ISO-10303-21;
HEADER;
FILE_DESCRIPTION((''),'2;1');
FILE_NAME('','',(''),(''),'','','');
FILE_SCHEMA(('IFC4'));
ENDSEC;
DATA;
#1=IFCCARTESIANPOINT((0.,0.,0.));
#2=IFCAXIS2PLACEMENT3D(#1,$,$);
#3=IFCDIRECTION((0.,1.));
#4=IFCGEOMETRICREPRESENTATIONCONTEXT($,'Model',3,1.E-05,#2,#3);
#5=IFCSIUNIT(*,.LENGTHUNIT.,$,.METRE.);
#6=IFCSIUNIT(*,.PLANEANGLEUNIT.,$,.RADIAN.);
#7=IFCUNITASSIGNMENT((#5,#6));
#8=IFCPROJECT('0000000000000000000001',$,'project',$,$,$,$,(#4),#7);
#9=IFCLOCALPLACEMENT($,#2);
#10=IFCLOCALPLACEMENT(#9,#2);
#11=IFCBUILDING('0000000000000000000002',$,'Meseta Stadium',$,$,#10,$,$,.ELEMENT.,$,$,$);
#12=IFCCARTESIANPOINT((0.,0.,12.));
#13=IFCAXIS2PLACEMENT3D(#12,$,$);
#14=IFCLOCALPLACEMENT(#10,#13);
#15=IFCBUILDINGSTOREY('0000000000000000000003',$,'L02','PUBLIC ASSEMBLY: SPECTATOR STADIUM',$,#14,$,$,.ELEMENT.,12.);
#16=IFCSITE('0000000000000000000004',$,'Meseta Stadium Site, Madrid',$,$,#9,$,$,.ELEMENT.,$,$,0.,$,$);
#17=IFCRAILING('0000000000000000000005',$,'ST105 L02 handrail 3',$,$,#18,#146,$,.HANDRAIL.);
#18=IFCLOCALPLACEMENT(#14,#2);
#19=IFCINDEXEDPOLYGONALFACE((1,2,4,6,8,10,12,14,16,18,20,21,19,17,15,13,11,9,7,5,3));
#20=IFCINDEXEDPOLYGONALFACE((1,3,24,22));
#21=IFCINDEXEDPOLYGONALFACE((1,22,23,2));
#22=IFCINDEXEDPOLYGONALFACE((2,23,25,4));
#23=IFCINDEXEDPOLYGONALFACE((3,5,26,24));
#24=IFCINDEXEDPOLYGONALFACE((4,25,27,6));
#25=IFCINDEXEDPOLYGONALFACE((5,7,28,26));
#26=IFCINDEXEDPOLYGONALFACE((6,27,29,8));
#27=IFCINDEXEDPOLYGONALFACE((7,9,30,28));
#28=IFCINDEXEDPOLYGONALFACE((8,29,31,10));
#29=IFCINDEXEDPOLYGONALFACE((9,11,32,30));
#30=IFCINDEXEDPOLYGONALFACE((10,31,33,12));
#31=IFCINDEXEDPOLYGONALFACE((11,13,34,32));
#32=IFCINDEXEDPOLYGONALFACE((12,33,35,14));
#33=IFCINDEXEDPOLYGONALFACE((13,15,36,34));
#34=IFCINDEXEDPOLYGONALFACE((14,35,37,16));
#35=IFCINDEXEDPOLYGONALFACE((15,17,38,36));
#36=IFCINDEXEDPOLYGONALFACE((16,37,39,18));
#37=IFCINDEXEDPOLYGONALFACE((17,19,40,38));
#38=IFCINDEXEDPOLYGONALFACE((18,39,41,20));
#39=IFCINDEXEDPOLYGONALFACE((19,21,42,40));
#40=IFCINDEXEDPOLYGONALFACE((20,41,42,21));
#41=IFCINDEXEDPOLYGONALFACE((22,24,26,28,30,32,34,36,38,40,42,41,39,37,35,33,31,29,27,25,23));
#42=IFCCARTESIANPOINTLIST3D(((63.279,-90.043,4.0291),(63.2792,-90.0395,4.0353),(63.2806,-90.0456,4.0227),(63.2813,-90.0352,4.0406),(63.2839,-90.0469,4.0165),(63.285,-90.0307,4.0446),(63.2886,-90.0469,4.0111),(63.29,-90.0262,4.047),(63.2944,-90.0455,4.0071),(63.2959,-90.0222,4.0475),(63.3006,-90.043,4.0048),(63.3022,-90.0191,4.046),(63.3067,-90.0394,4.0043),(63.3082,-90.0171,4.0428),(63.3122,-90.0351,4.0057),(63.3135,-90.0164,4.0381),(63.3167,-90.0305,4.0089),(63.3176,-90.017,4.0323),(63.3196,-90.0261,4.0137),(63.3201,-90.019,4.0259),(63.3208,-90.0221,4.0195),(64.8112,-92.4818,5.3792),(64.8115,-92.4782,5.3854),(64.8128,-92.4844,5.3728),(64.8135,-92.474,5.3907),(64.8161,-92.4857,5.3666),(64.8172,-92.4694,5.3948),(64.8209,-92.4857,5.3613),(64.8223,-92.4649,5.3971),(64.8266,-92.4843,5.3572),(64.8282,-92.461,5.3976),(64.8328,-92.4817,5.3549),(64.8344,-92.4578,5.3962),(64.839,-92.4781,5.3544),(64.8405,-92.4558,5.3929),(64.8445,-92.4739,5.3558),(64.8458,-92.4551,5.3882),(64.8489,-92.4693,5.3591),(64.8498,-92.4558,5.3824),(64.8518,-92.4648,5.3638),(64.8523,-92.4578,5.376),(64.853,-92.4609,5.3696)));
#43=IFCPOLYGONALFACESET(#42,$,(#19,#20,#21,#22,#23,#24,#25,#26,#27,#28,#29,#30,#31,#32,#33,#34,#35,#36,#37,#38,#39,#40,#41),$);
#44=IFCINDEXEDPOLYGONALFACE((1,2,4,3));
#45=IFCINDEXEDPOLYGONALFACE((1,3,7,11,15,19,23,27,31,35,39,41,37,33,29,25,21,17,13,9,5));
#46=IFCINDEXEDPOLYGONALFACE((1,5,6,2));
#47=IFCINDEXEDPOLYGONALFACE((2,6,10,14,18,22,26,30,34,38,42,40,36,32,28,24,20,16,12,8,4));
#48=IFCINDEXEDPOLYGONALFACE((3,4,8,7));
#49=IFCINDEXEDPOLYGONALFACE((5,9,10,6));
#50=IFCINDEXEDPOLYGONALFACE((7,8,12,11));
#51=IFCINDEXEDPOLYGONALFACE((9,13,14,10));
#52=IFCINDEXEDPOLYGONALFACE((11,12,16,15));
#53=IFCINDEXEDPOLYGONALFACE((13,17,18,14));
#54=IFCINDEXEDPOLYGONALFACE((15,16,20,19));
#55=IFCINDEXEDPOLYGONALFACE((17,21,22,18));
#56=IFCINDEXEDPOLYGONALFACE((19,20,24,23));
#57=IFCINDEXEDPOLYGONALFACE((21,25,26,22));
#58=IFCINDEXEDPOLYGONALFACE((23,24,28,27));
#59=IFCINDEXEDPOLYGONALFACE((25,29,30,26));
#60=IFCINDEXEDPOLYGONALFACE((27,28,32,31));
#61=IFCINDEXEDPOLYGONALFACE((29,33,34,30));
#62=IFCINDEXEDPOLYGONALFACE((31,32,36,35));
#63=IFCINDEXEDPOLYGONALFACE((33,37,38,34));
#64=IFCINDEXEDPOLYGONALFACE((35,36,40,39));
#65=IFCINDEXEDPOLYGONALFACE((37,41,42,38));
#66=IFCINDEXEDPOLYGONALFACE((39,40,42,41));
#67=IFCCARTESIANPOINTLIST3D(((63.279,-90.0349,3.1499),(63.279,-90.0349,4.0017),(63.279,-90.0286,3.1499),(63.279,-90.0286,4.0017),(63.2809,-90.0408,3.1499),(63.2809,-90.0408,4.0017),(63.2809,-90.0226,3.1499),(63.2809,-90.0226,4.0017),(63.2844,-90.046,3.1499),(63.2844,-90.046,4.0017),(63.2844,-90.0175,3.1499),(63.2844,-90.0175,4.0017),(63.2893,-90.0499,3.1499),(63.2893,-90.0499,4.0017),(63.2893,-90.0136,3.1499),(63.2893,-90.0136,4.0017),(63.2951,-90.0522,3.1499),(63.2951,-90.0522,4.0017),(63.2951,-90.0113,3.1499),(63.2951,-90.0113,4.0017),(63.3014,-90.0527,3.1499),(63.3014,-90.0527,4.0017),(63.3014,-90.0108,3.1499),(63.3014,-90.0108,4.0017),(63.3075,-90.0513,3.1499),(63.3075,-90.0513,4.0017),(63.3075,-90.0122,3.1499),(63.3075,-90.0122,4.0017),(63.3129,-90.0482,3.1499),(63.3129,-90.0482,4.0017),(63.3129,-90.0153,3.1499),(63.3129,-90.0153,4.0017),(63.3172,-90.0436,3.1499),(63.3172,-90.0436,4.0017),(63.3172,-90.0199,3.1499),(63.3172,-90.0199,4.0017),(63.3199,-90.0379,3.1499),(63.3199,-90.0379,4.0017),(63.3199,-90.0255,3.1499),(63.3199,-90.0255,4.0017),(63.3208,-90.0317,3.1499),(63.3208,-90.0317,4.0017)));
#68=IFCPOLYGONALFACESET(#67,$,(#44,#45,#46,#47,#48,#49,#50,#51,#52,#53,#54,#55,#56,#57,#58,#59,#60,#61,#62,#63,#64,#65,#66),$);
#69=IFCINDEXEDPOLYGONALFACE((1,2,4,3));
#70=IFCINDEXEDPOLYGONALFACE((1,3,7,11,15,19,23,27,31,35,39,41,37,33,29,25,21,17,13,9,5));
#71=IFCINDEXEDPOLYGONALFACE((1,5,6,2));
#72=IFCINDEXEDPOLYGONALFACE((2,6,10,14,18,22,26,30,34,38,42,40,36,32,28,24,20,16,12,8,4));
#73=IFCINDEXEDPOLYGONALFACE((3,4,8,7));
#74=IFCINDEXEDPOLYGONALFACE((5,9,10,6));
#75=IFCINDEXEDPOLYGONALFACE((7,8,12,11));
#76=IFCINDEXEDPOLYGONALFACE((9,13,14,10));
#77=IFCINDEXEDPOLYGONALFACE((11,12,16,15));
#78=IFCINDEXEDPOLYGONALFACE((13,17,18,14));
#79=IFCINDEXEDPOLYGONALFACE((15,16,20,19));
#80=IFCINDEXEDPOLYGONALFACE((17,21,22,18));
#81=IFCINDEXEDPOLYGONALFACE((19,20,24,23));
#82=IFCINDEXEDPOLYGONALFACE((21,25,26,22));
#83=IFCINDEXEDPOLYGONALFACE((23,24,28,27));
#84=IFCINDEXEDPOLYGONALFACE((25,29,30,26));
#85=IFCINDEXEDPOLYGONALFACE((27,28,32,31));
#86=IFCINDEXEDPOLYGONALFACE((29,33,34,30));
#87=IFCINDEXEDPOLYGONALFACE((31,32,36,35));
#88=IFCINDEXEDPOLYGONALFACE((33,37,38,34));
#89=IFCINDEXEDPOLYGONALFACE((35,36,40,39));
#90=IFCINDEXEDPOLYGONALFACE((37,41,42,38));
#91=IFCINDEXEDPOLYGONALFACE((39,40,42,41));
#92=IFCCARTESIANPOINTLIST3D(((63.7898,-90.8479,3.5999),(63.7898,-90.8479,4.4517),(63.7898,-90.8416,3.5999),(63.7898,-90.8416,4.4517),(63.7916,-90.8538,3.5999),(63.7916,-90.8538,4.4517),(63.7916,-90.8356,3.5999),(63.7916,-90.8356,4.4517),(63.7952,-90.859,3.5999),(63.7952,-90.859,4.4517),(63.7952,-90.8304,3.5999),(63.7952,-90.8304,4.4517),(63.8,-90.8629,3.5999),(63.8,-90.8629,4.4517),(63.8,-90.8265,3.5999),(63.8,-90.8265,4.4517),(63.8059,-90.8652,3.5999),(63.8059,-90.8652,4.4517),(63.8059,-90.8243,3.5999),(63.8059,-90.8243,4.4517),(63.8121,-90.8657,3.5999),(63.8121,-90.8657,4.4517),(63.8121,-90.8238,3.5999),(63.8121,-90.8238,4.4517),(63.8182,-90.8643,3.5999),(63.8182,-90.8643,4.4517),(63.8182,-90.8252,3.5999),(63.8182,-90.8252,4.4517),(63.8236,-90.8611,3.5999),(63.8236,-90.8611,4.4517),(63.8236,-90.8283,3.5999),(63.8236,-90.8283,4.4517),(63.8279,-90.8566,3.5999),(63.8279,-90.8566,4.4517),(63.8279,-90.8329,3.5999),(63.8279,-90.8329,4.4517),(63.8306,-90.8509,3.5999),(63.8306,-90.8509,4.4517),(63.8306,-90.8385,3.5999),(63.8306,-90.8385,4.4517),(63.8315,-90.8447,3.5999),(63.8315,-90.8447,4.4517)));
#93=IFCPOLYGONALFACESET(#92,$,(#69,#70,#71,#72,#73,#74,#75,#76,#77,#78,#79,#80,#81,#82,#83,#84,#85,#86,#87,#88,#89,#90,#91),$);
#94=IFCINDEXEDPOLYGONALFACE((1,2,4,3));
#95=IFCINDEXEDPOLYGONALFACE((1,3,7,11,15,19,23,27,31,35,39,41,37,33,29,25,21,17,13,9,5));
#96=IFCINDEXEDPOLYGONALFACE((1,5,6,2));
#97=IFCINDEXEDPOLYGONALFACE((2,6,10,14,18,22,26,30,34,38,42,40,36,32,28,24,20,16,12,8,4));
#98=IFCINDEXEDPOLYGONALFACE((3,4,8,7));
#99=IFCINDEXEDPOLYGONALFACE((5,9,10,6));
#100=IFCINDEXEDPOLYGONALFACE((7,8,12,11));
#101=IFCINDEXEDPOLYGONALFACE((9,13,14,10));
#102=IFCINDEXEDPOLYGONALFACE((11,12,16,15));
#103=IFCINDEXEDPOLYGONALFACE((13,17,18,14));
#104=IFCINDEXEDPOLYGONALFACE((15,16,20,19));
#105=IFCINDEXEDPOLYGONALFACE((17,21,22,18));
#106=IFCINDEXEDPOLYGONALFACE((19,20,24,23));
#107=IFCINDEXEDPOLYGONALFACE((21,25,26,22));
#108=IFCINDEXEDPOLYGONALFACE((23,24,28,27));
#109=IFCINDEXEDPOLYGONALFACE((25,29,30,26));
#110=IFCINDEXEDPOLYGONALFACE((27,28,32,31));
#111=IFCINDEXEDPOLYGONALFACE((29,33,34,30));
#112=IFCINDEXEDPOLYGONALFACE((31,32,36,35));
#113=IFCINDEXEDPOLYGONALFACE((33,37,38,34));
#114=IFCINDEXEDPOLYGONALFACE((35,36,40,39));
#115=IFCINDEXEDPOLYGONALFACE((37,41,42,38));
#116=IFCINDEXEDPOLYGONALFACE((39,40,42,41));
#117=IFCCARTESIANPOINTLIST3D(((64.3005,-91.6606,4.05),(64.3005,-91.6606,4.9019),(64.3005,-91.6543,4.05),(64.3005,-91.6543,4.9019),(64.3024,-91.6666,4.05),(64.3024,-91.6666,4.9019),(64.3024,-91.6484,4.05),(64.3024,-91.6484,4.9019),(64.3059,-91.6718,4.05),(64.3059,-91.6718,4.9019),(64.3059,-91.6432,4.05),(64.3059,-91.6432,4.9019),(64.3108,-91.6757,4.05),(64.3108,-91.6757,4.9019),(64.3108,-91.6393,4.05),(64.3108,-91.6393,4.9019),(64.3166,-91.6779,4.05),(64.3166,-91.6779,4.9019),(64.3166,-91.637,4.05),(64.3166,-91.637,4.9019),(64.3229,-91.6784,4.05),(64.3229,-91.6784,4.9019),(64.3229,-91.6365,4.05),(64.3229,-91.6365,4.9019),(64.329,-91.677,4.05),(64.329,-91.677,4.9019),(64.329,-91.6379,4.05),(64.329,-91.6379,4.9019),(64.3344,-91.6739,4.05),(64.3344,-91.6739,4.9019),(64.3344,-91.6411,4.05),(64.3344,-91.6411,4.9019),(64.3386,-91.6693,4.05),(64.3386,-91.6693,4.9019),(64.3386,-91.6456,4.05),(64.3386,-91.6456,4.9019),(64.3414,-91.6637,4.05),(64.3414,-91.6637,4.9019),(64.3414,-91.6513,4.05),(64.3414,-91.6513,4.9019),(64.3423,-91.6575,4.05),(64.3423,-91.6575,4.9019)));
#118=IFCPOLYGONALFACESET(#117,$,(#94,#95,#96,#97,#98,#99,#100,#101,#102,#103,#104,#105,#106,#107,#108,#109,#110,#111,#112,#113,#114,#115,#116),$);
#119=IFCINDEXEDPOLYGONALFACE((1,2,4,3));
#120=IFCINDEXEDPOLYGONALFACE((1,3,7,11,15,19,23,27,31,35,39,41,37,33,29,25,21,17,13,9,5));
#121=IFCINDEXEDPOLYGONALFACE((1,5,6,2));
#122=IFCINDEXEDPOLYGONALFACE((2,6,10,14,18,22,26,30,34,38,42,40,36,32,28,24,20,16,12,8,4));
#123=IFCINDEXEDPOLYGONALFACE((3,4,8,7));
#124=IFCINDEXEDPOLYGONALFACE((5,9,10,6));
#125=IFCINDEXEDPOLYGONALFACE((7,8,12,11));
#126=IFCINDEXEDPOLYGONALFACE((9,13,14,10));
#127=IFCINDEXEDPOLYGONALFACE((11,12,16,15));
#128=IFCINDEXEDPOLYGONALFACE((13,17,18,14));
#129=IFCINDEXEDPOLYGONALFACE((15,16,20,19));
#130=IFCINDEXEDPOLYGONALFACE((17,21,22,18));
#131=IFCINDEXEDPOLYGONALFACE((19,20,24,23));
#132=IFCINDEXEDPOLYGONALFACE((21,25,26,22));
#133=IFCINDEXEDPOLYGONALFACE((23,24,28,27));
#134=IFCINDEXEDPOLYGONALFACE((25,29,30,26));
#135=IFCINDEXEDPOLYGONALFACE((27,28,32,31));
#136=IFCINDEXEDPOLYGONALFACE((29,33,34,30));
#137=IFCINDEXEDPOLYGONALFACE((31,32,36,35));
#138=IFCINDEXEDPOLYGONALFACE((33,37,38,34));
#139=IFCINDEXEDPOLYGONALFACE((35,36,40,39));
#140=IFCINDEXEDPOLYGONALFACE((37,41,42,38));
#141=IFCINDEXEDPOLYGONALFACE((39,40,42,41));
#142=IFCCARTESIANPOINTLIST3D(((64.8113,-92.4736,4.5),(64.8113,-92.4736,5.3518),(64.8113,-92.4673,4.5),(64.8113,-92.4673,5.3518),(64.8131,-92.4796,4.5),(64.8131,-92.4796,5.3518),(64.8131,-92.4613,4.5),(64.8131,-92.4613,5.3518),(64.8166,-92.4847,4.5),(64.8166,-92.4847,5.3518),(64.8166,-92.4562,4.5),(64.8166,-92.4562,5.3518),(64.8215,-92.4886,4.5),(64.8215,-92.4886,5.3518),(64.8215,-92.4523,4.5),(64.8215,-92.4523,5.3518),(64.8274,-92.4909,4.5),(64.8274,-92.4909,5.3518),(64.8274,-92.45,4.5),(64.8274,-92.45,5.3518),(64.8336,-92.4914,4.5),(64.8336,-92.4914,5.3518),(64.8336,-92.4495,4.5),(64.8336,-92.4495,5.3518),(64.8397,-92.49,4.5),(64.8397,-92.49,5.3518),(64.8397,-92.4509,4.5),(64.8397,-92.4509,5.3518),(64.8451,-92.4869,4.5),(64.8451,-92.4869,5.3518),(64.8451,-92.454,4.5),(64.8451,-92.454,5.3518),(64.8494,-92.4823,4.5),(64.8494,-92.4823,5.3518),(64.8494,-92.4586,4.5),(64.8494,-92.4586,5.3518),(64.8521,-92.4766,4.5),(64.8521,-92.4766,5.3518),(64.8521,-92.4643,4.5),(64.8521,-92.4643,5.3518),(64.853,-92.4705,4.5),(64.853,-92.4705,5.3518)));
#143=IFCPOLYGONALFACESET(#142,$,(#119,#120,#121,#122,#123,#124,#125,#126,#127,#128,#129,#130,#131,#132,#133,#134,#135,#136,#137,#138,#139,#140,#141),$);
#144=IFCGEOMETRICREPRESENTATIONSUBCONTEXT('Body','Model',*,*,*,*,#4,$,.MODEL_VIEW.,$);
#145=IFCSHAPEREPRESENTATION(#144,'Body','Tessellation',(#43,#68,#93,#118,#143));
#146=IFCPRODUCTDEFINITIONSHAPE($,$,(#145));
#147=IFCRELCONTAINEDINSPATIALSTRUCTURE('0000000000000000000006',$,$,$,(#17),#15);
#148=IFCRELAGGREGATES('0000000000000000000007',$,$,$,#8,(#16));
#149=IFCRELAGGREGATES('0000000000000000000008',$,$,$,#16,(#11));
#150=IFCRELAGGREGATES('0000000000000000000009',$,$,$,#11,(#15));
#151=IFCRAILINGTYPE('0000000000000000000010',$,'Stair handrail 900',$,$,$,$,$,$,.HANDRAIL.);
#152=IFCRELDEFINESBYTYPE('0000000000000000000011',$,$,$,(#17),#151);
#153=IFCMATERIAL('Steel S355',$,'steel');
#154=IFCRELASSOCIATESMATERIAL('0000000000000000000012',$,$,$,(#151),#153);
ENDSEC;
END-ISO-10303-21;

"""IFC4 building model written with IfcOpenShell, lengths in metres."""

from ifc_helpers import new_model, si_unit, direction, frame, origin, origin_2d, place, context, subcontext, project, spatial, circle, extrude, material, type_object, element, save


model = new_model("IFC4")

# Units and contexts
model_context = context("Model", 3, precision=1e-05, world=origin(), true_north=direction((0.0, 1.0)))
body_context = subcontext(model_context, "Body", "Model", "MODEL_VIEW")
ifc_project = project(units=[si_unit("LENGTHUNIT", "METRE"), si_unit("PLANEANGLEUNIT", "RADIAN")], contexts=[model_context])

# Site, building, storey
site_placement = place(None, origin())
site = spatial("IfcSite", under=ifc_project, at=site_placement, Name="Meseta Stadium Site, Madrid", CompositionType="ELEMENT", RefElevation=0.0)
building_placement = place(site_placement, origin())
building = spatial("IfcBuilding", under=site, at=building_placement, Name="Meseta Stadium", CompositionType="ELEMENT")
storey_placement = place(building_placement, frame((0.0, 0.0, 12.0)))
storey = spatial("IfcBuildingStorey", under=building, at=storey_placement, Name="L02", Description="PUBLIC ASSEMBLY: SPECTATOR STADIUM", CompositionType="ELEMENT", Elevation=12.0)

# Railing
ifc_material_1 = material(Name="Steel S355", Category="steel")
railing_type_1 = type_object("IfcRailingType", Name="Stair handrail 900", PredefinedType="HANDRAIL", material=ifc_material_1)
for number, where, name in (
    (1, (63.2998, -90.0317, 3.1499), "ST105 L02 handrail 3"),
):
    element("IfcRailing", number, at=place(storey_placement, frame(where)), inside=storey, type_object=railing_type_1, Name=name, PredefinedType="HANDRAIL", context=body_context, shape_type="SweptSolid", body=[
        extrude(circle(Radius=0.0239, at=origin_2d()), frame((0.0, 0.0, 0.876), z_axis=(0.481703, -0.766687, 0.424445), x_axis=(0.846743, 0.532001, 0.0)), (0.0, 0.0, 1.0), 3.1809),
        extrude(circle(Radius=0.021, at=origin_2d()), origin(), (0.0, 0.0, 1.0), 0.8518),
        extrude(circle(Radius=0.021, at=origin_2d()), frame((0.5107, -0.813, 0.45)), (0.0, 0.0, 1.0), 0.8518),
        extrude(circle(Radius=0.021, at=origin_2d()), frame((1.0215, -1.6257, 0.9001)), (0.0, 0.0, 1.0), 0.8518),
        extrude(circle(Radius=0.021, at=origin_2d()), frame((1.5322, -2.4387, 1.3501)), (0.0, 0.0, 1.0), 0.8518),
    ])

save(model, "model.ifc")
